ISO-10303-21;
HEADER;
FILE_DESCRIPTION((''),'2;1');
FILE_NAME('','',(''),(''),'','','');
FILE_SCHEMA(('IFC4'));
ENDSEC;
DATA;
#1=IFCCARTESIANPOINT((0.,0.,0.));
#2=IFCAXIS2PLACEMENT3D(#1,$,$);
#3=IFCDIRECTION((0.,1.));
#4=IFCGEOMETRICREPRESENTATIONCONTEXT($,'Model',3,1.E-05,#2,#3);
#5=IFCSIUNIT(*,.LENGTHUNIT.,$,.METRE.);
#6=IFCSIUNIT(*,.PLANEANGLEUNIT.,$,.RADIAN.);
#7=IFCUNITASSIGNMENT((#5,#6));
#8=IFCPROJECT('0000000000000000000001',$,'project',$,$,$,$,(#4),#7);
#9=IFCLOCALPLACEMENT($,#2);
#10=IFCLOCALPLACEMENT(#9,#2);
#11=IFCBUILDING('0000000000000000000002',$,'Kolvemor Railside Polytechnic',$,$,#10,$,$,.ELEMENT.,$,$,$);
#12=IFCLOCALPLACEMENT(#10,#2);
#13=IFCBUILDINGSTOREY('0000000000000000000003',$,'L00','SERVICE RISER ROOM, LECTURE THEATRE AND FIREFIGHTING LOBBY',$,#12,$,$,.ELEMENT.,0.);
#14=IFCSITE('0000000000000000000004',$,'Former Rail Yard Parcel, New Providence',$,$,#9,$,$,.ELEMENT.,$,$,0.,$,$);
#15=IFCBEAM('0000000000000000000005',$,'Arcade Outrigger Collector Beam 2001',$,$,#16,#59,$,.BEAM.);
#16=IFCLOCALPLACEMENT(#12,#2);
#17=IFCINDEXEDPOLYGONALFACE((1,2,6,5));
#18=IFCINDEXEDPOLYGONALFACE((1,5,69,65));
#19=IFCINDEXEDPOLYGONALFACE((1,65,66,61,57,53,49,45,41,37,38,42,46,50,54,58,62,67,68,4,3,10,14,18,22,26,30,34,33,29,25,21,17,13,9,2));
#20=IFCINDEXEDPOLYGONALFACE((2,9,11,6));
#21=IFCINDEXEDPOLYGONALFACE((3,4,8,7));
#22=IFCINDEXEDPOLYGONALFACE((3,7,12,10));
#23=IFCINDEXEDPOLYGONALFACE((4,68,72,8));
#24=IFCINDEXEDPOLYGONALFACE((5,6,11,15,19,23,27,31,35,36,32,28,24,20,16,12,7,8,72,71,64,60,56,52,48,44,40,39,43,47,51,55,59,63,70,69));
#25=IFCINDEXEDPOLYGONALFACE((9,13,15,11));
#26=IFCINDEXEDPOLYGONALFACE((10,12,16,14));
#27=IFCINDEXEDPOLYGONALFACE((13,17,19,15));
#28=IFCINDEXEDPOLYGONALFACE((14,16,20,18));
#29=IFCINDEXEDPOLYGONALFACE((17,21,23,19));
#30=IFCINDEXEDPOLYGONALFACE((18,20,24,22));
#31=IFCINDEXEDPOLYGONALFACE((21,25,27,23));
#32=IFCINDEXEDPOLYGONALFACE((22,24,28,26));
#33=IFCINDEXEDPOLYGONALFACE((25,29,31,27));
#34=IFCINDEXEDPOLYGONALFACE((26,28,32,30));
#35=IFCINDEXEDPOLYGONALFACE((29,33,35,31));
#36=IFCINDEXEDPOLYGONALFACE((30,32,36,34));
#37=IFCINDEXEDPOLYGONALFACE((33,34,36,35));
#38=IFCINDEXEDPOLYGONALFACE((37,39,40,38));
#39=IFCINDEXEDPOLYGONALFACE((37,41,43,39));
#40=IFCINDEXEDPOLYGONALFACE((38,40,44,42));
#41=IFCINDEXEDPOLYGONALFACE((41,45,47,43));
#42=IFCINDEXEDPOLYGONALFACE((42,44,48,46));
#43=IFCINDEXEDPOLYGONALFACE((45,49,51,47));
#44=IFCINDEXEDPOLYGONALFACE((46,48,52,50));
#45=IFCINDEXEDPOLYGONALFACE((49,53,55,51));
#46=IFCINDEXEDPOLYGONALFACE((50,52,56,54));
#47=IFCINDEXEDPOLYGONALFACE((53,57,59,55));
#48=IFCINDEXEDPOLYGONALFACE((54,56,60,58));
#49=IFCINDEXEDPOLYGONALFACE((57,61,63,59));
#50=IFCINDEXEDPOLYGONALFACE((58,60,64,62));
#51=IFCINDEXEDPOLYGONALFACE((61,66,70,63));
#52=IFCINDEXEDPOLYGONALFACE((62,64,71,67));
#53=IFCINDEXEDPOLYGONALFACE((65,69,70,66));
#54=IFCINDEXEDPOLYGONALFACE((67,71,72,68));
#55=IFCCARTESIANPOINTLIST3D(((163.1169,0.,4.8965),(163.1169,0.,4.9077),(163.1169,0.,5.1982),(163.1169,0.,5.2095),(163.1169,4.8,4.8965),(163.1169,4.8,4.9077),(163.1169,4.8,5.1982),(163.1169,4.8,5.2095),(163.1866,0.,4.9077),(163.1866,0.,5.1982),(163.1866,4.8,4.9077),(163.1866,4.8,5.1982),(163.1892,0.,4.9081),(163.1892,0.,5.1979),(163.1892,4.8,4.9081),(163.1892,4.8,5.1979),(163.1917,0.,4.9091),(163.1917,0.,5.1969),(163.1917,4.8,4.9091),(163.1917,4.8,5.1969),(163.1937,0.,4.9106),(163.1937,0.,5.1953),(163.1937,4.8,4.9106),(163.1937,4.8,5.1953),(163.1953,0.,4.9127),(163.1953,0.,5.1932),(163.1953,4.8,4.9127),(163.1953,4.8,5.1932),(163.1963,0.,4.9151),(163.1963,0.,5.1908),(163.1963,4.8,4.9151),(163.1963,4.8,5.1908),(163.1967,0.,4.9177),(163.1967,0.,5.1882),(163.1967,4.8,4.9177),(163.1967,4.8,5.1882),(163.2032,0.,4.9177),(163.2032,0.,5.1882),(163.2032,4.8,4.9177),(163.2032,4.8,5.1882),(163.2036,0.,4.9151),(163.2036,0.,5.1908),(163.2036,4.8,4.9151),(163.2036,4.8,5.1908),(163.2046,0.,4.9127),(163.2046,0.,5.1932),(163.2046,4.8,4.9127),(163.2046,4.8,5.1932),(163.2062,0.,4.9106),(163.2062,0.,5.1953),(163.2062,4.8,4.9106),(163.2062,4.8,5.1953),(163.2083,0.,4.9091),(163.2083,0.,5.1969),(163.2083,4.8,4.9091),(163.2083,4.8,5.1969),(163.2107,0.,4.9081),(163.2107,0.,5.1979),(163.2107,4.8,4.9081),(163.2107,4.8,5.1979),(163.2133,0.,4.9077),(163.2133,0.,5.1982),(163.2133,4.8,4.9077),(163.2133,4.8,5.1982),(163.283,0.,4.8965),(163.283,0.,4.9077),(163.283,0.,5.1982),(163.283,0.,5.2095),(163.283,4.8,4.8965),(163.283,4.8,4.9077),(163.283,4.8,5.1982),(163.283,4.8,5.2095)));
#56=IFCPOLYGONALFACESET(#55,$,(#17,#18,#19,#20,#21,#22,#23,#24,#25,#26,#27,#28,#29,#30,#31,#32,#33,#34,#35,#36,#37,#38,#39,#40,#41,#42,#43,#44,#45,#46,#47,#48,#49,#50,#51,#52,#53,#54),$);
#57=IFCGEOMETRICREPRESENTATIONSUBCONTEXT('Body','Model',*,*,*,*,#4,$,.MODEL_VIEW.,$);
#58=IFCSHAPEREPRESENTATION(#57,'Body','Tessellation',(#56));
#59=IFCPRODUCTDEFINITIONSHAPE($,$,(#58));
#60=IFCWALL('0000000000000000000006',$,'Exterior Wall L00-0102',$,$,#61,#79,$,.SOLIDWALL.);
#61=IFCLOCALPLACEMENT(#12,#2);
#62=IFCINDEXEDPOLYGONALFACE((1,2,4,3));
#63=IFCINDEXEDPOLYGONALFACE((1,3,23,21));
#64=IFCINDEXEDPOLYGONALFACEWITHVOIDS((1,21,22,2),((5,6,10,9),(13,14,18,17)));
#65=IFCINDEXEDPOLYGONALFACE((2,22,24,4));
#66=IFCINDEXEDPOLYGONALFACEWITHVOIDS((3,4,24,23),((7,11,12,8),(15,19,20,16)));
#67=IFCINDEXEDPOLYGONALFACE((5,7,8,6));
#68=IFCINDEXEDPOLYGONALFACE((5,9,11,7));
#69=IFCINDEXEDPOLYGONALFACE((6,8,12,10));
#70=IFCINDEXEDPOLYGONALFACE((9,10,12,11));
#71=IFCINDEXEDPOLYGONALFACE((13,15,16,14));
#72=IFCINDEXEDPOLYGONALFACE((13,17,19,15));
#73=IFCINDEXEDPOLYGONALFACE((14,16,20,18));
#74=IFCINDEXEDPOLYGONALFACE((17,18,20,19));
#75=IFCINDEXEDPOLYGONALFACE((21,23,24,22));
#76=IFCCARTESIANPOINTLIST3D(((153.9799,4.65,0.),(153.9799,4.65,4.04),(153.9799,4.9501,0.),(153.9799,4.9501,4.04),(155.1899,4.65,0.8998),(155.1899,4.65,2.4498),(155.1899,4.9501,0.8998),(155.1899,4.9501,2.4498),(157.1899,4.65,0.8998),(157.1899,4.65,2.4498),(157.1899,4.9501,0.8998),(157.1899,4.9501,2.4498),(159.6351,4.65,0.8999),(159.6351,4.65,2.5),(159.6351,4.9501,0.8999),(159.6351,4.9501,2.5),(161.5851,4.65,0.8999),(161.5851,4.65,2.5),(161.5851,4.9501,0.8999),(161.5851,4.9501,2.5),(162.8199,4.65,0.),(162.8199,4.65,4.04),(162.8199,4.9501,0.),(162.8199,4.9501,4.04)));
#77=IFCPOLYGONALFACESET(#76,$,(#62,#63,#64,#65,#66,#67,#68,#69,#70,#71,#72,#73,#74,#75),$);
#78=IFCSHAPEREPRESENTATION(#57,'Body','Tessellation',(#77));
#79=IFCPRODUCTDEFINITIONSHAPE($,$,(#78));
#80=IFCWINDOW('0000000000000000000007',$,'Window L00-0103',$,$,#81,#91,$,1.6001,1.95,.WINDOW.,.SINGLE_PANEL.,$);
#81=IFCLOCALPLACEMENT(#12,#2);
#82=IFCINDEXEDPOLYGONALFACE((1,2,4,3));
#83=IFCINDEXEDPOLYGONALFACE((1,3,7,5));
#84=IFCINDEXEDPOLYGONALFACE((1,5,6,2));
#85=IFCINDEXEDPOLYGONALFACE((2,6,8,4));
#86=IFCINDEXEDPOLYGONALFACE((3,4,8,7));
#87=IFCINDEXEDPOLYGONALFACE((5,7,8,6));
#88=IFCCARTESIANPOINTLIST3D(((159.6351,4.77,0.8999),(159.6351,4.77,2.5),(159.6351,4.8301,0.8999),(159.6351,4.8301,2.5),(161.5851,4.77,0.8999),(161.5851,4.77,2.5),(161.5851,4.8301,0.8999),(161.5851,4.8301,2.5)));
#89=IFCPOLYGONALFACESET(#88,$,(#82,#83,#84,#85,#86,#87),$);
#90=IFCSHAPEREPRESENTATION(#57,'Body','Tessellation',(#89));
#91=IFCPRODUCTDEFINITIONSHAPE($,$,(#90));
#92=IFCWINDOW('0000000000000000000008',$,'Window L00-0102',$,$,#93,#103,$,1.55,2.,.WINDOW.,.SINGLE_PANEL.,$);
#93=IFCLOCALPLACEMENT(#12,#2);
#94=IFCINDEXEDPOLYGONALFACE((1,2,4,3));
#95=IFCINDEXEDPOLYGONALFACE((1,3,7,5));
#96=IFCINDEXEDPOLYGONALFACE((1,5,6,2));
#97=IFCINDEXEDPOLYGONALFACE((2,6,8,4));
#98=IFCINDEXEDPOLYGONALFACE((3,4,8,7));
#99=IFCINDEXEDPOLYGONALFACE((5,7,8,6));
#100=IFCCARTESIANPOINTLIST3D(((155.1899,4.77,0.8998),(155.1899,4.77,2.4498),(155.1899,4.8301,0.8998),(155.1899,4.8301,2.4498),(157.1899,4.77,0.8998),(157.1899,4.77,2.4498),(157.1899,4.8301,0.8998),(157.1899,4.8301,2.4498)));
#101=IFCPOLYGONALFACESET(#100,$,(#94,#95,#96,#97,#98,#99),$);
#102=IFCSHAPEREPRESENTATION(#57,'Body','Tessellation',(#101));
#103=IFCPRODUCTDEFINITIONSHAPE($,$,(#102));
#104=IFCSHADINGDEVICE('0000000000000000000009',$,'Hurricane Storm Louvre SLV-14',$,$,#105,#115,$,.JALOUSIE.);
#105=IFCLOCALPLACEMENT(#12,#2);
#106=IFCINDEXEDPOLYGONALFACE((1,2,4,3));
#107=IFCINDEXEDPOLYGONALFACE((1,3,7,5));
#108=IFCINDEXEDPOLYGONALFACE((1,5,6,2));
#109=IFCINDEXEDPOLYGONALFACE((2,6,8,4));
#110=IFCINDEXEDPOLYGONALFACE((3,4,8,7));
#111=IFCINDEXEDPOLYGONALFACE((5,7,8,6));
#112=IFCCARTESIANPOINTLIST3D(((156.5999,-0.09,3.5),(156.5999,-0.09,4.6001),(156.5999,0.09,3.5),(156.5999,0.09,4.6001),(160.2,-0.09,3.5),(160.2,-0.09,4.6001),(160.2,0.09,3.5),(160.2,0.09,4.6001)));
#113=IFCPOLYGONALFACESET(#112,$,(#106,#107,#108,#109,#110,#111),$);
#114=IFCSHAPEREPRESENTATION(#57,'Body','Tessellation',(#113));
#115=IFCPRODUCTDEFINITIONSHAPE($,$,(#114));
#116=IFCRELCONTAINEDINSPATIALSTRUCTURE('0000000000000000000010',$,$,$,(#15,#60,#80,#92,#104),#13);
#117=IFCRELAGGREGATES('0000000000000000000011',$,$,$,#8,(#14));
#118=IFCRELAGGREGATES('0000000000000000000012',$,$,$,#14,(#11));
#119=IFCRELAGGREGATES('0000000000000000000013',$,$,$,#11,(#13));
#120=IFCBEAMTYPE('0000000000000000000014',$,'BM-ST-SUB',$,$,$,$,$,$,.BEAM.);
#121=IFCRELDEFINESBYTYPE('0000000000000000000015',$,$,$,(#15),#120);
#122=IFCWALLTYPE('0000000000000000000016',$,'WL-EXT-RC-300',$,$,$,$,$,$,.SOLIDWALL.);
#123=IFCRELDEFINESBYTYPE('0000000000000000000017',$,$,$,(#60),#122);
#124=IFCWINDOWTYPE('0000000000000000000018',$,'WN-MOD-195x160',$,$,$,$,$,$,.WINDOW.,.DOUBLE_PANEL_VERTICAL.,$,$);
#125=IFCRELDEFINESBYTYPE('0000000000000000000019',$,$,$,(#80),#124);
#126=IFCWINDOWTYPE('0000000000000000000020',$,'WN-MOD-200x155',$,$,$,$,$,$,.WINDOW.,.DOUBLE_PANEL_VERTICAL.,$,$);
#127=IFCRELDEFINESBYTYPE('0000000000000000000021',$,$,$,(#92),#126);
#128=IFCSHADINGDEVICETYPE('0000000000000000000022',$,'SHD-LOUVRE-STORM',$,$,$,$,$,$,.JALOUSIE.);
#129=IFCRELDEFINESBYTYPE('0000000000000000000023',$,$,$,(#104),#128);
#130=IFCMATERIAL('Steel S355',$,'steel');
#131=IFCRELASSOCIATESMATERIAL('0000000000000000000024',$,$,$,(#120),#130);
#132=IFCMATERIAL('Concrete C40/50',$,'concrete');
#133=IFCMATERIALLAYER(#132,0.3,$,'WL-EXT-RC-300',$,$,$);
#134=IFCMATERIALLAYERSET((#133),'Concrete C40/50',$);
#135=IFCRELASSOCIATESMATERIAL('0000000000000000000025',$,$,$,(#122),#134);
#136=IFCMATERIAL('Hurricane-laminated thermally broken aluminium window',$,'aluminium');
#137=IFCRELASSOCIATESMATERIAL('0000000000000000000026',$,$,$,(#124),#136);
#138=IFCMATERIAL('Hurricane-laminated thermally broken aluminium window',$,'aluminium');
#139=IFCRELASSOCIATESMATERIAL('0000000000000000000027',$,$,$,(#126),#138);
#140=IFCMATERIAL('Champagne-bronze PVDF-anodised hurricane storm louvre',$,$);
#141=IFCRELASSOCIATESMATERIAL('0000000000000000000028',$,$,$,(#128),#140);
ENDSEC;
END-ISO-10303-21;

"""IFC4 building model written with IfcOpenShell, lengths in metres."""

from ifc_helpers import new_model, si_unit, direction, frame, frame_2d, origin, origin_2d, place, context, subcontext, project, spatial, rectangle, i_section, extrude, material, layer, layer_set, material_profile, profile_set, type_object, element, fill, save


model = new_model("IFC4")

# Units and contexts
model_context = context("Model", 3, precision=1e-05, world=origin(), true_north=direction((0.0, 1.0)))
body_context = subcontext(model_context, "Body", "Model", "MODEL_VIEW")
ifc_project = project(units=[si_unit("LENGTHUNIT", "METRE"), si_unit("PLANEANGLEUNIT", "RADIAN")], contexts=[model_context])

# Site, building, storey
site_placement = place(None, origin())
site = spatial("IfcSite", under=ifc_project, at=site_placement, Name="Former Rail Yard Parcel, New Providence", CompositionType="ELEMENT", RefElevation=0.0)
building_placement = place(site_placement, origin())
building = spatial("IfcBuilding", under=site, at=building_placement, Name="Kolvemor Railside Polytechnic", CompositionType="ELEMENT")
storey_placement = place(building_placement, origin())
storey = spatial("IfcBuildingStorey", under=building, at=storey_placement, Name="L00", Description="SERVICE RISER ROOM, LECTURE THEATRE AND FIREFIGHTING LOBBY", CompositionType="ELEMENT", Elevation=0.0)

# Beam
ifc_material_1 = material(Name="Steel S355", Category="steel")
ifc_material_profile_1 = material_profile(ifc_material_1, i_section(OverallWidth=0.166, OverallDepth=0.313, WebThickness=0.0066, FlangeThickness=0.0112, FilletRadius=0.01, at=origin_2d()), Name="W310x45")
ifc_profile_set_1 = profile_set([ifc_material_profile_1], Name="Steel S355")
beam_type_1 = type_object("IfcBeamType", Name="BM-ST-SUB", PredefinedType="BEAM", material=ifc_profile_set_1)
beam_1_placement = place(storey_placement, frame((163.2, 0.0, 5.053), z_axis=(0.0, 1.0, 0.0), x_axis=(-1.0, 0.0, 0.0)))
element("IfcBeam", 1, at=beam_1_placement, inside=storey, type_object=beam_type_1, Name="Arcade Outrigger Collector Beam 2001", PredefinedType="BEAM", context=body_context, shape_type="SweptSolid", body=[
    extrude(i_section(OverallWidth=0.166, OverallDepth=0.313, WebThickness=0.0066, FlangeThickness=0.0112, FilletRadius=0.01, at=origin_2d()), origin(), (0.0, 0.0, 1.0), 4.8),
])

# Wall, openings, windows
ifc_material_2 = material(Name="Concrete C40/50", Category="concrete")
ifc_layer = layer(ifc_material_2, 0.3, Name="WL-EXT-RC-300")
ifc_layer_set = layer_set([ifc_layer], Name="Concrete C40/50")
wall_type = type_object("IfcWallType", Name="WL-EXT-RC-300", PredefinedType="SOLIDWALL", material=ifc_layer_set)
wall_placement = place(storey_placement, frame((153.98, 4.8, 0.0), z_axis=(0.0, 0.0, 1.0), x_axis=(1.0, 0.0, 0.0)))
wall = element("IfcWall", 2, at=wall_placement, inside=storey, type_object=wall_type, Name="Exterior Wall L00-0102", PredefinedType="SOLIDWALL", context=body_context, shape_type="SweptSolid", body=[
    extrude(rectangle(XDim=8.8401, YDim=0.3, at=frame_2d((4.4199, 0.0))), origin(), (0.0, 0.0, 1.0), 4.04),
])
opening_1_placement = place(wall_placement, frame((1.21, 0.0, 0.8999)))
opening_1 = element("IfcOpeningElement", 3, at=opening_1_placement, cuts=wall, PredefinedType="OPENING", context=body_context, shape_type="SweptSolid", body=[
    extrude(rectangle(XDim=2.0, YDim=1.55, at=frame_2d((1.0, 0.7749))), frame((0.0, 0.1599, 0.0), z_axis=(0.0, -1.0, 0.0), x_axis=(1.0, 0.0, 0.0)), (0.0, 0.0, 1.0), 0.3201),
])
opening_2_placement = place(wall_placement, frame((5.655, 0.0, 0.8999)))
opening_2 = element("IfcOpeningElement", 4, at=opening_2_placement, cuts=wall, PredefinedType="OPENING", context=body_context, shape_type="SweptSolid", body=[
    extrude(rectangle(XDim=1.95, YDim=1.6001, at=frame_2d((0.9751, 0.8))), frame((0.0, 0.1599, 0.0), z_axis=(0.0, -1.0, 0.0), x_axis=(1.0, 0.0, 0.0)), (0.0, 0.0, 1.0), 0.3201),
])
ifc_material_3 = material(Name="Hurricane-laminated thermally broken aluminium window", Category="aluminium")
window_type_1 = type_object("IfcWindowType", Name="WN-MOD-195x160", PartitioningType="DOUBLE_PANEL_VERTICAL", PredefinedType="WINDOW", material=ifc_material_3)
window_1_placement = place(opening_2_placement, origin())
window_1 = element("IfcWindow", 5, at=window_1_placement, inside=storey, type_object=window_type_1, Name="Window L00-0103", OverallHeight=1.6001, OverallWidth=1.95, PartitioningType="SINGLE_PANEL", PredefinedType="WINDOW", context=body_context, shape_type="SweptSolid", body=[
    extrude(rectangle(XDim=1.95, YDim=1.6001, at=frame_2d((0.9751, 0.8))), frame((0.0, 0.03, 0.0), z_axis=(0.0, -1.0, 0.0), x_axis=(1.0, 0.0, 0.0)), (0.0, 0.0, 1.0), 0.0601),
])
fill(opening_2, window_1)
ifc_material_4 = material(Name="Hurricane-laminated thermally broken aluminium window", Category="aluminium")
window_type_2 = type_object("IfcWindowType", Name="WN-MOD-200x155", PartitioningType="DOUBLE_PANEL_VERTICAL", PredefinedType="WINDOW", material=ifc_material_4)
window_2_placement = place(opening_1_placement, origin())
window_2 = element("IfcWindow", 6, at=window_2_placement, inside=storey, type_object=window_type_2, Name="Window L00-0102", OverallHeight=1.55, OverallWidth=2.0, PartitioningType="SINGLE_PANEL", PredefinedType="WINDOW", context=body_context, shape_type="SweptSolid", body=[
    extrude(rectangle(XDim=2.0, YDim=1.55, at=frame_2d((1.0, 0.7749))), frame((0.0, 0.03, 0.0), z_axis=(0.0, -1.0, 0.0), x_axis=(1.0, 0.0, 0.0)), (0.0, 0.0, 1.0), 0.0601),
])
fill(opening_1, window_2)

# Shading device
ifc_material_5 = material(Name="Champagne-bronze PVDF-anodised hurricane storm louvre")
shading_device_type = type_object("IfcShadingDeviceType", Name="SHD-LOUVRE-STORM", PredefinedType="JALOUSIE", material=ifc_material_5)
shading_device_placement = place(storey_placement, frame((158.3999, 0.0, 3.5), z_axis=(0.0, 0.0, 1.0), x_axis=(1.0, 0.0, 0.0)))
element("IfcShadingDevice", 7, at=shading_device_placement, inside=storey, type_object=shading_device_type, Name="Hurricane Storm Louvre SLV-14", PredefinedType="JALOUSIE", context=body_context, shape_type="SweptSolid", body=[
    extrude(rectangle(XDim=3.6001, YDim=0.1799, at=origin_2d()), origin(), (0.0, 0.0, 1.0), 1.1001),
])

save(model, "model.ifc")
